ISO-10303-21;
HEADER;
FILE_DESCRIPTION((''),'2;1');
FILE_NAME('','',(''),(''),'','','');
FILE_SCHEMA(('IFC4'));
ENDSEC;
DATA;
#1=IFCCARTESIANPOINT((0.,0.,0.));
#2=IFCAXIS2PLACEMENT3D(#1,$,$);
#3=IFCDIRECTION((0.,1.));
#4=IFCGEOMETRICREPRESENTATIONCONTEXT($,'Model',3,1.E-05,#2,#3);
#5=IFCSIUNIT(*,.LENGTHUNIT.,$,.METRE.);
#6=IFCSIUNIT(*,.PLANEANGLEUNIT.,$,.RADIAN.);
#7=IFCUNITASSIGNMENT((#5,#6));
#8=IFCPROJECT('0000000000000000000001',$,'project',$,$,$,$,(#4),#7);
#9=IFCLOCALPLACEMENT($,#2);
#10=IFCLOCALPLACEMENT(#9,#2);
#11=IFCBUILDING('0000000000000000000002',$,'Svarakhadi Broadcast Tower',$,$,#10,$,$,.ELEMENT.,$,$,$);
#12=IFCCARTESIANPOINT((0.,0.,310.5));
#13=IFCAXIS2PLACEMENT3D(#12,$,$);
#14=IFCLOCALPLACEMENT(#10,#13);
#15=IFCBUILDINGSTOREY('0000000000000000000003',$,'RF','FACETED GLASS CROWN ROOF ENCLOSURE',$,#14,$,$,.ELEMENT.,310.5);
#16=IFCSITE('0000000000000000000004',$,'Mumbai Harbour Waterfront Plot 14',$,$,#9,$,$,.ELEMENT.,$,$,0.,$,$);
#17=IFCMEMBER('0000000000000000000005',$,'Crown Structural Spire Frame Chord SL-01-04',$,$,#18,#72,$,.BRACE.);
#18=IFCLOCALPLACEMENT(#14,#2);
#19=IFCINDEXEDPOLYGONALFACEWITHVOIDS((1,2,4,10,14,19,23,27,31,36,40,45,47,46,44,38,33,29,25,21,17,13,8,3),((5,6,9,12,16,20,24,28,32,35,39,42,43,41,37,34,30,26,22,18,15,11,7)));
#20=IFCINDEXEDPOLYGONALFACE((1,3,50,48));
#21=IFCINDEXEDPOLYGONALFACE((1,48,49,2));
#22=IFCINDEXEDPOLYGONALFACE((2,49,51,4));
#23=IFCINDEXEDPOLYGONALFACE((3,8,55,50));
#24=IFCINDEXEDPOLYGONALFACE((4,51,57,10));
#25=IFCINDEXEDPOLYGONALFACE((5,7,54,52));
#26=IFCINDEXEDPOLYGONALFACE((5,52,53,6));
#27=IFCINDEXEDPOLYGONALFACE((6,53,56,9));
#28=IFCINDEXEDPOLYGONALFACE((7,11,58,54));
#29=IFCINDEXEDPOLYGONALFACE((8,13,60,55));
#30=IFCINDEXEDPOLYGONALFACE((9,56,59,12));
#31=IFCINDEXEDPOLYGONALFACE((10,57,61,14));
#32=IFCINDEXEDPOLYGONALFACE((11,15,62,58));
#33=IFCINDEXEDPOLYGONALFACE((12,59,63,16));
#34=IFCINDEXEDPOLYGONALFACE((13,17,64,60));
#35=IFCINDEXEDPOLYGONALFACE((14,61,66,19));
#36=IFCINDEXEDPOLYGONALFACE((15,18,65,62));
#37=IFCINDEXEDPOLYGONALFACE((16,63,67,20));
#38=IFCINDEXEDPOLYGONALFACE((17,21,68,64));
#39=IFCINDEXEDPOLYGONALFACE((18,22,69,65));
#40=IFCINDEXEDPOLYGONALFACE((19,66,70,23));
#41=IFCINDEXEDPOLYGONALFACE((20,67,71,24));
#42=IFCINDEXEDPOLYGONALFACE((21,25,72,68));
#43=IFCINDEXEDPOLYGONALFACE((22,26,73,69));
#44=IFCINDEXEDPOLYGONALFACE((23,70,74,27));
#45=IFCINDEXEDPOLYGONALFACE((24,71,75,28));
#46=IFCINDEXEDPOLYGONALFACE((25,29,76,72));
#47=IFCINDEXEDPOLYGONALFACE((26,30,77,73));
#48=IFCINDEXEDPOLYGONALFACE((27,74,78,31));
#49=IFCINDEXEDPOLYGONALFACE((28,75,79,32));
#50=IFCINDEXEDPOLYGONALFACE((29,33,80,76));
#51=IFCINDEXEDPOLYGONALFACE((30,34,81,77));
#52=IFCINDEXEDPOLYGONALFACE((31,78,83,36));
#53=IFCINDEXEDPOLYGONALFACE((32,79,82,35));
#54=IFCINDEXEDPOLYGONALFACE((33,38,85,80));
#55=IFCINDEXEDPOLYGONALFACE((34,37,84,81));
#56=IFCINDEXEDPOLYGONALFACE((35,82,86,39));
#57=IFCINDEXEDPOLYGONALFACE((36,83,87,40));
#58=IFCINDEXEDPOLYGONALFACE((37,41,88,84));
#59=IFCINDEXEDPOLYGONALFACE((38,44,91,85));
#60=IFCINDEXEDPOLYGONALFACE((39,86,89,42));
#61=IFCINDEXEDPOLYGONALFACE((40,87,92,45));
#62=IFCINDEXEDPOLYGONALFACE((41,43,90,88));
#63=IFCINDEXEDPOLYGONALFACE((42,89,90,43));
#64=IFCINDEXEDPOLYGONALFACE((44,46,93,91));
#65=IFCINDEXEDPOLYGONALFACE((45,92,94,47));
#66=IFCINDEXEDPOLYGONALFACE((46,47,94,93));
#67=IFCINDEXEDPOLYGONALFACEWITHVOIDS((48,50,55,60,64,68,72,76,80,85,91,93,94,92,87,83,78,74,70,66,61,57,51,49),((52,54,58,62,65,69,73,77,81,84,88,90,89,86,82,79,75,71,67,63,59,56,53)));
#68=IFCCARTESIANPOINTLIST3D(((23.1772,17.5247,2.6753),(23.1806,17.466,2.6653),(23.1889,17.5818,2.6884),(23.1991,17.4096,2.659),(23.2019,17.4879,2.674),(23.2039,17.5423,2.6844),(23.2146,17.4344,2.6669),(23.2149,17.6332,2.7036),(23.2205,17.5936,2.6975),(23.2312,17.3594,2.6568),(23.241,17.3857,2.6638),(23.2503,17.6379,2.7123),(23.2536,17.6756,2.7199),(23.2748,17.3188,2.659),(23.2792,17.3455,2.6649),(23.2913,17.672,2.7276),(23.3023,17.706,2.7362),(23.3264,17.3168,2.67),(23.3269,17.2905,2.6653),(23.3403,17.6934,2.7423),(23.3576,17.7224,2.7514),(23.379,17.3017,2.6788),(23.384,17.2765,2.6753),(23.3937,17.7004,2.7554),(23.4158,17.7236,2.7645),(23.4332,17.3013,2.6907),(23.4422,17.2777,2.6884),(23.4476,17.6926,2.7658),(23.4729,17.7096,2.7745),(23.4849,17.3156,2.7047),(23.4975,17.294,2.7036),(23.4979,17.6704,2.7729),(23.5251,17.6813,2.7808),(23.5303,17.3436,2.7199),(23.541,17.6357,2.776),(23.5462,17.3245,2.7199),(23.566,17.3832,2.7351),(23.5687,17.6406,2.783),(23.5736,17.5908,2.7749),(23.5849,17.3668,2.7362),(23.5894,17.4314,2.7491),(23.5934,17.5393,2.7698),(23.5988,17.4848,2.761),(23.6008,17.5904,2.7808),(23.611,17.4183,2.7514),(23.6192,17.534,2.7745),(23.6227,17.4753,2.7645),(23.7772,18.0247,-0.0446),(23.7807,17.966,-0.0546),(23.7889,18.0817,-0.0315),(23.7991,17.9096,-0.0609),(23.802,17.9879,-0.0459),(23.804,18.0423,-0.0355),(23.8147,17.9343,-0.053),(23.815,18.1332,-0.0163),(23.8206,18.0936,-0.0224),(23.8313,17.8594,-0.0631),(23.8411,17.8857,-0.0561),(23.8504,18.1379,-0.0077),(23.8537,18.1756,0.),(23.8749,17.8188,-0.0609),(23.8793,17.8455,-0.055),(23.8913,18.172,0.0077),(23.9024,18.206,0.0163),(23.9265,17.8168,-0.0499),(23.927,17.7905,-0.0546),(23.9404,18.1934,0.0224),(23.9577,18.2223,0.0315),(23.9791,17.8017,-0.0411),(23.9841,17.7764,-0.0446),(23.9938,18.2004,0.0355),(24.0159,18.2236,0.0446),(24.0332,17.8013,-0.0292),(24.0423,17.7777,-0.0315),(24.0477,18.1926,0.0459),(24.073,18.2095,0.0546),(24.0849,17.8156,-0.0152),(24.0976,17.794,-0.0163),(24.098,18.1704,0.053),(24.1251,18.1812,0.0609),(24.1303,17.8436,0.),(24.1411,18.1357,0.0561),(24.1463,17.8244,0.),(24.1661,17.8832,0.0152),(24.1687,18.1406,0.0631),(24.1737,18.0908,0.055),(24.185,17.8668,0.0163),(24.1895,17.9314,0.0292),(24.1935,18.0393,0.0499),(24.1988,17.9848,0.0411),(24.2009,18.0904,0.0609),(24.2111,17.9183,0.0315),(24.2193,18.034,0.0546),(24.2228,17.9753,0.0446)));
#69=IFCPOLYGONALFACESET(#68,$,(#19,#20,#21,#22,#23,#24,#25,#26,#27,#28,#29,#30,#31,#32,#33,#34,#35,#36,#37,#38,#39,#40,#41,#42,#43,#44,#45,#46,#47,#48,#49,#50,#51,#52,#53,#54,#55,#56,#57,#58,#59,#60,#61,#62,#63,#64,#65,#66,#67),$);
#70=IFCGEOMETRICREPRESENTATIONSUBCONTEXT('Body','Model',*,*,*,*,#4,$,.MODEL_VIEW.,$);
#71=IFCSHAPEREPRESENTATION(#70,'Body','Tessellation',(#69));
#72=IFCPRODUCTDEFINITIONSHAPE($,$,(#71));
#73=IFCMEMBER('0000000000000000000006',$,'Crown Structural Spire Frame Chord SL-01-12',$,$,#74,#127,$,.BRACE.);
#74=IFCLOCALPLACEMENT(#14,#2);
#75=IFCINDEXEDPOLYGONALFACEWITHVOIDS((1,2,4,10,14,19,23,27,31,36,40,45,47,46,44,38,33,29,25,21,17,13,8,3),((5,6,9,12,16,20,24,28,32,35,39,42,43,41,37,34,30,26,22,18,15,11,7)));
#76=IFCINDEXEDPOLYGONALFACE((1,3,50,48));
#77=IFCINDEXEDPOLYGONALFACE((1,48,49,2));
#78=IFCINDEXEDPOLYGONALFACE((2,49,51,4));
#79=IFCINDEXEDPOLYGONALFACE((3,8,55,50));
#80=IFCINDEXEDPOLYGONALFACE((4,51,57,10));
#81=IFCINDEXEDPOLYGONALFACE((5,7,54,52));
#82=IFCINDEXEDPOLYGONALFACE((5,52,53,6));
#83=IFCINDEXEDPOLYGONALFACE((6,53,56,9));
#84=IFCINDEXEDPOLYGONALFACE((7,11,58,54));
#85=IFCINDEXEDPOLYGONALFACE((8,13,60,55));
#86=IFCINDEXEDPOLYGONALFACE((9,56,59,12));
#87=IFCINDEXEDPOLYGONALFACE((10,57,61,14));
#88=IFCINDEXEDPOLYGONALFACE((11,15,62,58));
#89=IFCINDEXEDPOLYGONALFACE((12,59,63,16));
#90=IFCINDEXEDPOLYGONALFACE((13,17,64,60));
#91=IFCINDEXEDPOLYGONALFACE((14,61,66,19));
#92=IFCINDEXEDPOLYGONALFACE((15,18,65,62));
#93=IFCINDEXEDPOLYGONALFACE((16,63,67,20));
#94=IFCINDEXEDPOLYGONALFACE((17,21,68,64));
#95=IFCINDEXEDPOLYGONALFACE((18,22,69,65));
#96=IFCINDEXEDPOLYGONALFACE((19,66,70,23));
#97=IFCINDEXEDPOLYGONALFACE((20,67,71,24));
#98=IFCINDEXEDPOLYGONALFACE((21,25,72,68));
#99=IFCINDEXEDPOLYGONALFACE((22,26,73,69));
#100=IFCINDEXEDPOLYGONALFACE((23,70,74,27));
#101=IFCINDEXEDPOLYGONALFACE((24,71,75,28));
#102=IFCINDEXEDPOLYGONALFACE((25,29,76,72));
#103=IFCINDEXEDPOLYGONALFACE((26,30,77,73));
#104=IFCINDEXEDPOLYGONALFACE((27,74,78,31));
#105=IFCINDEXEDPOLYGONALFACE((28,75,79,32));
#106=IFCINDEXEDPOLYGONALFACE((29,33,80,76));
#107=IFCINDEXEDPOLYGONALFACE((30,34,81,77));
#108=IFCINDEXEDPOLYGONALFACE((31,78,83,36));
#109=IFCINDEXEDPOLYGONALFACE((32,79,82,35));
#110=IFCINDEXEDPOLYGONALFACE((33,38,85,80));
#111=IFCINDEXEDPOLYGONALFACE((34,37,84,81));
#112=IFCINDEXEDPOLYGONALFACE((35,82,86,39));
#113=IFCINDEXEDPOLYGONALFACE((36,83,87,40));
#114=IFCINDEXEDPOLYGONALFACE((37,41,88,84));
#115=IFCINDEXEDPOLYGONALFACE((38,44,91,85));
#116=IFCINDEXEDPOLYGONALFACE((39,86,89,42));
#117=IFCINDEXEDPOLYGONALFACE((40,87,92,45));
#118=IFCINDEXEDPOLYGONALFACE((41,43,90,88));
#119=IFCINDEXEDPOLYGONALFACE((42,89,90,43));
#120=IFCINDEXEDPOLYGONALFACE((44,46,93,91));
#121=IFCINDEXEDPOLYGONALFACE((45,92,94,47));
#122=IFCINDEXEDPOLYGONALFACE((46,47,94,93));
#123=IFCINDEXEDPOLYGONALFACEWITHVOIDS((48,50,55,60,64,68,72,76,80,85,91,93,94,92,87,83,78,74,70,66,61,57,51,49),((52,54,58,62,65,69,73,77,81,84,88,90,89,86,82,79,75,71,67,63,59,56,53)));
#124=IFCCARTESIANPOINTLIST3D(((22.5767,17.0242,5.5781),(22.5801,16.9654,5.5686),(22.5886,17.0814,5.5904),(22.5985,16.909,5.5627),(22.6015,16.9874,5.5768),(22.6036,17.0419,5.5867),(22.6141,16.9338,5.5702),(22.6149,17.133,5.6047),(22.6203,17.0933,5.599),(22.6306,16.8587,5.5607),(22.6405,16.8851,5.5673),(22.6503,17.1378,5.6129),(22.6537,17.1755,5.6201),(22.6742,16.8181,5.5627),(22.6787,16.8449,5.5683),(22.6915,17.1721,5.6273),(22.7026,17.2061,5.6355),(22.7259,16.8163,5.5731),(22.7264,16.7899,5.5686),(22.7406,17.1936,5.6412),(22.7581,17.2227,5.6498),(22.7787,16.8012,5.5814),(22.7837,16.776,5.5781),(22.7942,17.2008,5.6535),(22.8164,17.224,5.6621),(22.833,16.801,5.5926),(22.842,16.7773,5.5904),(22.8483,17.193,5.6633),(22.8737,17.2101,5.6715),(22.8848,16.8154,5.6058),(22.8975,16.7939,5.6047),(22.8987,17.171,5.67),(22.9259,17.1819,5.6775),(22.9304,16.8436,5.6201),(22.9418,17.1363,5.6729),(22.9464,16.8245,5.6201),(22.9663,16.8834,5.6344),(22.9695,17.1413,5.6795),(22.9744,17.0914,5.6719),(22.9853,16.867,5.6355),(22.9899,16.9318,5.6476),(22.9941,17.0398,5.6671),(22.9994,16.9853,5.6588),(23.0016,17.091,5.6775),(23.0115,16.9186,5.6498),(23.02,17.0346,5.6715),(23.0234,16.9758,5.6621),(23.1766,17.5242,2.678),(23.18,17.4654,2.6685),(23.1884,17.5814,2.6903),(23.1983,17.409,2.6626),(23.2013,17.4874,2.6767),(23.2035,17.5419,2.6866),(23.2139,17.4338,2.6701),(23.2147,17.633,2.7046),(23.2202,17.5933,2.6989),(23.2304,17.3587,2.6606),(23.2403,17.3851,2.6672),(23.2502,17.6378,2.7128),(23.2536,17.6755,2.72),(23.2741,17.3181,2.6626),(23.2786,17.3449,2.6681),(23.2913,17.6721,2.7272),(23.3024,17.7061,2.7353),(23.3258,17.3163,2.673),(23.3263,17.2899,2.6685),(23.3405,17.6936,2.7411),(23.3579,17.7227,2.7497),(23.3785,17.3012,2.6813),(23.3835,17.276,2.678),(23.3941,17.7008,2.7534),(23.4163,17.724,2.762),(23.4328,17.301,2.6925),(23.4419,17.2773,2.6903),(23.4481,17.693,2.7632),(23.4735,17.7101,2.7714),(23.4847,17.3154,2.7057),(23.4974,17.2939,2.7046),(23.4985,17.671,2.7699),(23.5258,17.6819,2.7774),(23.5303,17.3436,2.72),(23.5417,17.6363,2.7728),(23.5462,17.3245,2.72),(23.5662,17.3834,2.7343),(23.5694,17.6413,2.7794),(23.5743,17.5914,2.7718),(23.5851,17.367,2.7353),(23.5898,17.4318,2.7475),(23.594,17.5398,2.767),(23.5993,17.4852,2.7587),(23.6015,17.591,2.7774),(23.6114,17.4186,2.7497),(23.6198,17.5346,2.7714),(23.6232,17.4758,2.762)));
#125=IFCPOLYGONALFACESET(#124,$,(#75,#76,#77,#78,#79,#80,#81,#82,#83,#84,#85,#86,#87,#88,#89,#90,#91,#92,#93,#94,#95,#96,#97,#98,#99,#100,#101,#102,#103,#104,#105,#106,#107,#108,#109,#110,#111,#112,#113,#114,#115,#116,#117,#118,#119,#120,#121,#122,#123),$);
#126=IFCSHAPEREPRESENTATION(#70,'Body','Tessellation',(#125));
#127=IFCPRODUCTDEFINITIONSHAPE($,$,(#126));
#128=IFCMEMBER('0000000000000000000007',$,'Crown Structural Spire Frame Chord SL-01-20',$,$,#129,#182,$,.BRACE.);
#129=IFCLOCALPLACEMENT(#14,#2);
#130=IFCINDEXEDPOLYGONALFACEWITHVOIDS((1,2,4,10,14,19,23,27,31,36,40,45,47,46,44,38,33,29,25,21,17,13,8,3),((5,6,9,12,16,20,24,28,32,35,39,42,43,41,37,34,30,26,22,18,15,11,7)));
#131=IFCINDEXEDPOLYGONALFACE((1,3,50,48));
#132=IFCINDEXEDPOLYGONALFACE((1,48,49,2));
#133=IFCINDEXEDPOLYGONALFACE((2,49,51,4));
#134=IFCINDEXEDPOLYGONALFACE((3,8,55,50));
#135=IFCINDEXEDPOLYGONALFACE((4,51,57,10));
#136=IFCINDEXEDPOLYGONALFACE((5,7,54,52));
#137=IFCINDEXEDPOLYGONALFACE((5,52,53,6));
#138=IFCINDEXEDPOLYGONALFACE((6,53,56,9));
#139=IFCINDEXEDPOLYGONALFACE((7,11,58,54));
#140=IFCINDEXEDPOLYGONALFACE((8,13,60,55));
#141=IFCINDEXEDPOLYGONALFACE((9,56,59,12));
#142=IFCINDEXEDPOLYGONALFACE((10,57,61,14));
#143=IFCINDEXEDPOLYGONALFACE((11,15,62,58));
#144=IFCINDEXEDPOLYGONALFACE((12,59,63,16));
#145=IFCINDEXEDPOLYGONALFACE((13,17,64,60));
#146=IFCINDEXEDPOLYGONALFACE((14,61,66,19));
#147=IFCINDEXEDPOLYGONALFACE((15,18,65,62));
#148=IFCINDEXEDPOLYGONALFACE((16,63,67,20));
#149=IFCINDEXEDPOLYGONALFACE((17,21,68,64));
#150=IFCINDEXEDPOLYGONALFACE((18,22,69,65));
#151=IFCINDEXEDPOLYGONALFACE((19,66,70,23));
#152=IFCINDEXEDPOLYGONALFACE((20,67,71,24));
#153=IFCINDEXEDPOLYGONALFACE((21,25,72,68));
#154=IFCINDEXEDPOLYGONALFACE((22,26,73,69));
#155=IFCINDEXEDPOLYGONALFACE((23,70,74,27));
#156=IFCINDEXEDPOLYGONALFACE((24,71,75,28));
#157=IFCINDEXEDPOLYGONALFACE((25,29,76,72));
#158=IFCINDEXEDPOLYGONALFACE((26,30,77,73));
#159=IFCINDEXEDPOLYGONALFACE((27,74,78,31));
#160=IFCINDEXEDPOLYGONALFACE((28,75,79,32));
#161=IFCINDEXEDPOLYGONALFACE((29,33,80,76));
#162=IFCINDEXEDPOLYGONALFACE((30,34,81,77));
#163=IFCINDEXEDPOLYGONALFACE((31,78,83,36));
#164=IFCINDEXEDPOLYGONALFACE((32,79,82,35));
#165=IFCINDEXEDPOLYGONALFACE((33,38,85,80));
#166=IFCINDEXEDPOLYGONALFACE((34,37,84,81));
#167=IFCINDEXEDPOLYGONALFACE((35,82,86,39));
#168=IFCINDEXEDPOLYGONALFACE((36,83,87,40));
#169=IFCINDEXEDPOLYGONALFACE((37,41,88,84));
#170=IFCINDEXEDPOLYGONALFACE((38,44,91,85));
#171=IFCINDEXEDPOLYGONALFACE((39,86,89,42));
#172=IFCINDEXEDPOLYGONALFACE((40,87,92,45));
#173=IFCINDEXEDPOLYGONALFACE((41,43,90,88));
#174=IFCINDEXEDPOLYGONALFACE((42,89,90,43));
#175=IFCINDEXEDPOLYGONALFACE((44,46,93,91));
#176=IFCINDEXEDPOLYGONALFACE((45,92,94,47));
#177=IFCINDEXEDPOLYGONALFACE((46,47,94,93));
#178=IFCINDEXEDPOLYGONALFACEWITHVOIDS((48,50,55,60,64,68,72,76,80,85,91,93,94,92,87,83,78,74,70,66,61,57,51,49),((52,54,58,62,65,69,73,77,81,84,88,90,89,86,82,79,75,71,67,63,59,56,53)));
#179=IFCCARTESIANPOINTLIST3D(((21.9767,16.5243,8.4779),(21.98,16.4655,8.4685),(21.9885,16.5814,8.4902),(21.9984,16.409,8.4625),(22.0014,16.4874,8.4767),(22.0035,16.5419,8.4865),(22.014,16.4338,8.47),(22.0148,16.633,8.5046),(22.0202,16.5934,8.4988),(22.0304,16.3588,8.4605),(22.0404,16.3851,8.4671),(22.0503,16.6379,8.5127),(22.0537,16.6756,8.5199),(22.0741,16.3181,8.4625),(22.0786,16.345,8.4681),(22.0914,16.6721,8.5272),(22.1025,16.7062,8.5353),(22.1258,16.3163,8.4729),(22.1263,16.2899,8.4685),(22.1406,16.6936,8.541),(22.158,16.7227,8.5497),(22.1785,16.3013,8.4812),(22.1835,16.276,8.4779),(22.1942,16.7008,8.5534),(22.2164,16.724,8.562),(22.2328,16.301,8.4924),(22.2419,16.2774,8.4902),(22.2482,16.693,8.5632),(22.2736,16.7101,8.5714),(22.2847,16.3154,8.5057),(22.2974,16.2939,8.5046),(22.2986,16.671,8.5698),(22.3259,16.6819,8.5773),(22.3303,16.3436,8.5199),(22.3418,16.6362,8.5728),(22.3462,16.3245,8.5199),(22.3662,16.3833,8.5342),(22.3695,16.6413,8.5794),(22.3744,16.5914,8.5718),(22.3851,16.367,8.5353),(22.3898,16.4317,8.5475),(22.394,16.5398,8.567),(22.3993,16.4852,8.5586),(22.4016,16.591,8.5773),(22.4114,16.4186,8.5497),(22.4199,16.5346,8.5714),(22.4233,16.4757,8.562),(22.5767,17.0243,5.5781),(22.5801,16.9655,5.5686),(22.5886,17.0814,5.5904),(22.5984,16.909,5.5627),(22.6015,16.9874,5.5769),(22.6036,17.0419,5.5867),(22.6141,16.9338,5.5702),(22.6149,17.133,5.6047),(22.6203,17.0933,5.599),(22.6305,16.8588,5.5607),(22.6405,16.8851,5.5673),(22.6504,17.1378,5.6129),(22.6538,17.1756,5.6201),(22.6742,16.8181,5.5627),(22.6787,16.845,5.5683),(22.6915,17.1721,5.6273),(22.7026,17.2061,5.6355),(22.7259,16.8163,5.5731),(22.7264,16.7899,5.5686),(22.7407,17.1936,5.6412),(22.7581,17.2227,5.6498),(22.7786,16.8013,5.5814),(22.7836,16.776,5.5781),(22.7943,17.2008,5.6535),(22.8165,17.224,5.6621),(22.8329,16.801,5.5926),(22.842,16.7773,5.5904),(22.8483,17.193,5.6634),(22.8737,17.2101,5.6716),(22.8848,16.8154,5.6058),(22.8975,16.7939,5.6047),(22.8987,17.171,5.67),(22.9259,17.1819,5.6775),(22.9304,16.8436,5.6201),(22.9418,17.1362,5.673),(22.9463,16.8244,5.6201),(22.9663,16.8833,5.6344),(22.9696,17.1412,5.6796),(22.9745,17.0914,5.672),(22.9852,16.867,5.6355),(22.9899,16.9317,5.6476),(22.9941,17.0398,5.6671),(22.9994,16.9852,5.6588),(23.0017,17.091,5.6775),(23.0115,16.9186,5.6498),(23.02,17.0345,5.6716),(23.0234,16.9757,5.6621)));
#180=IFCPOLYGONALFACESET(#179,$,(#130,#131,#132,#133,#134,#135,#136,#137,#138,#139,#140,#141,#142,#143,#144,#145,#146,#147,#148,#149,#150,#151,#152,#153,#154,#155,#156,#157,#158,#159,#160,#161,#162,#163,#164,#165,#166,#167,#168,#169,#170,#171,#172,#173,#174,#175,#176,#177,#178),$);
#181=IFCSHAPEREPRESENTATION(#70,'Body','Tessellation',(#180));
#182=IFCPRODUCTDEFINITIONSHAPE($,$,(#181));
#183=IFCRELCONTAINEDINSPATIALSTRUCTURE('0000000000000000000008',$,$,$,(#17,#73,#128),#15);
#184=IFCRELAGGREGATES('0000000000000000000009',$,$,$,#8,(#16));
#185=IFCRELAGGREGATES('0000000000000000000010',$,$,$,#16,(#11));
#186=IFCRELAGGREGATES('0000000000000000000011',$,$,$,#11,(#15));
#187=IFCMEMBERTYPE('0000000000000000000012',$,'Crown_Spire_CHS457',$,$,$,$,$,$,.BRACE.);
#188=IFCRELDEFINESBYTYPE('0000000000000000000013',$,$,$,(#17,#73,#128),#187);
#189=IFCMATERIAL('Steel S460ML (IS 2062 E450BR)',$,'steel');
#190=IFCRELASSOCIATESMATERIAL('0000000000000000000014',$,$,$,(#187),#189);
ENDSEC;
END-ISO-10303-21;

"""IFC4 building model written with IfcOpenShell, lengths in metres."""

from ifc_helpers import new_model, si_unit, direction, frame, origin, origin_2d, place, context, subcontext, project, spatial, hollow_circle, extrude, material, material_profile, profile_set, type_object, element, save


model = new_model("IFC4")

# Units and contexts
model_context = context("Model", 3, precision=1e-05, world=origin(), true_north=direction((0.0, 1.0)))
body_context = subcontext(model_context, "Body", "Model", "MODEL_VIEW")
ifc_project = project(units=[si_unit("LENGTHUNIT", "METRE"), si_unit("PLANEANGLEUNIT", "RADIAN")], contexts=[model_context])

# Site, building, storey
site_placement = place(None, origin())
site = spatial("IfcSite", under=ifc_project, at=site_placement, Name="Mumbai Harbour Waterfront Plot 14", CompositionType="ELEMENT", RefElevation=0.0)
building_placement = place(site_placement, origin())
building = spatial("IfcBuilding", under=site, at=building_placement, Name="Svarakhadi Broadcast Tower", CompositionType="ELEMENT")
storey_placement = place(building_placement, frame((0.0, 0.0, 310.5)))
storey = spatial("IfcBuildingStorey", under=building, at=storey_placement, Name="RF", Description="FACETED GLASS CROWN ROOF ENCLOSURE", CompositionType="ELEMENT", Elevation=310.5)

# Members
ifc_material_1 = material(Name="Steel S460ML (IS 2062 E450BR)", Category="steel")
ifc_material_profile_1 = material_profile(ifc_material_1, hollow_circle(Radius=0.2285, WallThickness=0.0249, at=origin_2d()), Name="CHS 457x25")
ifc_profile_set_1 = profile_set([ifc_material_profile_1], Name="Steel S460ML (IS 2062 E450BR)")
member_type_1 = type_object("IfcMemberType", Name="Crown_Spire_CHS457", PredefinedType="BRACE", material=ifc_profile_set_1)
member_1_placement = place(storey_placement, frame((24.0, 18.0, 0.0), z_axis=(-0.212056, -0.176684, 0.961153), x_axis=(0.640123, -0.768273, 0.0)))
element("IfcMember", 1, at=member_1_placement, inside=storey, type_object=member_type_1, Name="Crown Structural Spire Frame Chord SL-01-04", PredefinedType="BRACE", context=body_context, shape_type="SweptSolid", body=[
    extrude(hollow_circle(Radius=0.2285, WallThickness=0.0249, at=origin_2d()), origin(), (0.0, 0.0, 1.0), 2.8298),
])
member_2_placement = place(storey_placement, frame((23.3999, 17.5, 2.72), z_axis=(-0.199722, -0.166476, 0.965607), x_axis=(0.640277, -0.768144, 0.0)))
element("IfcMember", 2, at=member_2_placement, inside=storey, type_object=member_type_1, Name="Crown Structural Spire Frame Chord SL-01-12", PredefinedType="BRACE", context=body_context, shape_type="SweptSolid", body=[
    extrude(hollow_circle(Radius=0.2285, WallThickness=0.0249, at=origin_2d()), origin(), (0.0, 0.0, 1.0), 3.0034),
])
member_3_placement = place(storey_placement, frame((22.8, 17.0, 5.6201), z_axis=(-0.199816, -0.166486, 0.965586), x_axis=(0.640123, -0.768273, 0.0)))
element("IfcMember", 3, at=member_3_placement, inside=storey, type_object=member_type_1, Name="Crown Structural Spire Frame Chord SL-01-20", PredefinedType="BRACE", context=body_context, shape_type="SweptSolid", body=[
    extrude(hollow_circle(Radius=0.2285, WallThickness=0.0249, at=origin_2d()), origin(), (0.0, 0.0, 1.0), 3.0032),
])

save(model, "model.ifc")
